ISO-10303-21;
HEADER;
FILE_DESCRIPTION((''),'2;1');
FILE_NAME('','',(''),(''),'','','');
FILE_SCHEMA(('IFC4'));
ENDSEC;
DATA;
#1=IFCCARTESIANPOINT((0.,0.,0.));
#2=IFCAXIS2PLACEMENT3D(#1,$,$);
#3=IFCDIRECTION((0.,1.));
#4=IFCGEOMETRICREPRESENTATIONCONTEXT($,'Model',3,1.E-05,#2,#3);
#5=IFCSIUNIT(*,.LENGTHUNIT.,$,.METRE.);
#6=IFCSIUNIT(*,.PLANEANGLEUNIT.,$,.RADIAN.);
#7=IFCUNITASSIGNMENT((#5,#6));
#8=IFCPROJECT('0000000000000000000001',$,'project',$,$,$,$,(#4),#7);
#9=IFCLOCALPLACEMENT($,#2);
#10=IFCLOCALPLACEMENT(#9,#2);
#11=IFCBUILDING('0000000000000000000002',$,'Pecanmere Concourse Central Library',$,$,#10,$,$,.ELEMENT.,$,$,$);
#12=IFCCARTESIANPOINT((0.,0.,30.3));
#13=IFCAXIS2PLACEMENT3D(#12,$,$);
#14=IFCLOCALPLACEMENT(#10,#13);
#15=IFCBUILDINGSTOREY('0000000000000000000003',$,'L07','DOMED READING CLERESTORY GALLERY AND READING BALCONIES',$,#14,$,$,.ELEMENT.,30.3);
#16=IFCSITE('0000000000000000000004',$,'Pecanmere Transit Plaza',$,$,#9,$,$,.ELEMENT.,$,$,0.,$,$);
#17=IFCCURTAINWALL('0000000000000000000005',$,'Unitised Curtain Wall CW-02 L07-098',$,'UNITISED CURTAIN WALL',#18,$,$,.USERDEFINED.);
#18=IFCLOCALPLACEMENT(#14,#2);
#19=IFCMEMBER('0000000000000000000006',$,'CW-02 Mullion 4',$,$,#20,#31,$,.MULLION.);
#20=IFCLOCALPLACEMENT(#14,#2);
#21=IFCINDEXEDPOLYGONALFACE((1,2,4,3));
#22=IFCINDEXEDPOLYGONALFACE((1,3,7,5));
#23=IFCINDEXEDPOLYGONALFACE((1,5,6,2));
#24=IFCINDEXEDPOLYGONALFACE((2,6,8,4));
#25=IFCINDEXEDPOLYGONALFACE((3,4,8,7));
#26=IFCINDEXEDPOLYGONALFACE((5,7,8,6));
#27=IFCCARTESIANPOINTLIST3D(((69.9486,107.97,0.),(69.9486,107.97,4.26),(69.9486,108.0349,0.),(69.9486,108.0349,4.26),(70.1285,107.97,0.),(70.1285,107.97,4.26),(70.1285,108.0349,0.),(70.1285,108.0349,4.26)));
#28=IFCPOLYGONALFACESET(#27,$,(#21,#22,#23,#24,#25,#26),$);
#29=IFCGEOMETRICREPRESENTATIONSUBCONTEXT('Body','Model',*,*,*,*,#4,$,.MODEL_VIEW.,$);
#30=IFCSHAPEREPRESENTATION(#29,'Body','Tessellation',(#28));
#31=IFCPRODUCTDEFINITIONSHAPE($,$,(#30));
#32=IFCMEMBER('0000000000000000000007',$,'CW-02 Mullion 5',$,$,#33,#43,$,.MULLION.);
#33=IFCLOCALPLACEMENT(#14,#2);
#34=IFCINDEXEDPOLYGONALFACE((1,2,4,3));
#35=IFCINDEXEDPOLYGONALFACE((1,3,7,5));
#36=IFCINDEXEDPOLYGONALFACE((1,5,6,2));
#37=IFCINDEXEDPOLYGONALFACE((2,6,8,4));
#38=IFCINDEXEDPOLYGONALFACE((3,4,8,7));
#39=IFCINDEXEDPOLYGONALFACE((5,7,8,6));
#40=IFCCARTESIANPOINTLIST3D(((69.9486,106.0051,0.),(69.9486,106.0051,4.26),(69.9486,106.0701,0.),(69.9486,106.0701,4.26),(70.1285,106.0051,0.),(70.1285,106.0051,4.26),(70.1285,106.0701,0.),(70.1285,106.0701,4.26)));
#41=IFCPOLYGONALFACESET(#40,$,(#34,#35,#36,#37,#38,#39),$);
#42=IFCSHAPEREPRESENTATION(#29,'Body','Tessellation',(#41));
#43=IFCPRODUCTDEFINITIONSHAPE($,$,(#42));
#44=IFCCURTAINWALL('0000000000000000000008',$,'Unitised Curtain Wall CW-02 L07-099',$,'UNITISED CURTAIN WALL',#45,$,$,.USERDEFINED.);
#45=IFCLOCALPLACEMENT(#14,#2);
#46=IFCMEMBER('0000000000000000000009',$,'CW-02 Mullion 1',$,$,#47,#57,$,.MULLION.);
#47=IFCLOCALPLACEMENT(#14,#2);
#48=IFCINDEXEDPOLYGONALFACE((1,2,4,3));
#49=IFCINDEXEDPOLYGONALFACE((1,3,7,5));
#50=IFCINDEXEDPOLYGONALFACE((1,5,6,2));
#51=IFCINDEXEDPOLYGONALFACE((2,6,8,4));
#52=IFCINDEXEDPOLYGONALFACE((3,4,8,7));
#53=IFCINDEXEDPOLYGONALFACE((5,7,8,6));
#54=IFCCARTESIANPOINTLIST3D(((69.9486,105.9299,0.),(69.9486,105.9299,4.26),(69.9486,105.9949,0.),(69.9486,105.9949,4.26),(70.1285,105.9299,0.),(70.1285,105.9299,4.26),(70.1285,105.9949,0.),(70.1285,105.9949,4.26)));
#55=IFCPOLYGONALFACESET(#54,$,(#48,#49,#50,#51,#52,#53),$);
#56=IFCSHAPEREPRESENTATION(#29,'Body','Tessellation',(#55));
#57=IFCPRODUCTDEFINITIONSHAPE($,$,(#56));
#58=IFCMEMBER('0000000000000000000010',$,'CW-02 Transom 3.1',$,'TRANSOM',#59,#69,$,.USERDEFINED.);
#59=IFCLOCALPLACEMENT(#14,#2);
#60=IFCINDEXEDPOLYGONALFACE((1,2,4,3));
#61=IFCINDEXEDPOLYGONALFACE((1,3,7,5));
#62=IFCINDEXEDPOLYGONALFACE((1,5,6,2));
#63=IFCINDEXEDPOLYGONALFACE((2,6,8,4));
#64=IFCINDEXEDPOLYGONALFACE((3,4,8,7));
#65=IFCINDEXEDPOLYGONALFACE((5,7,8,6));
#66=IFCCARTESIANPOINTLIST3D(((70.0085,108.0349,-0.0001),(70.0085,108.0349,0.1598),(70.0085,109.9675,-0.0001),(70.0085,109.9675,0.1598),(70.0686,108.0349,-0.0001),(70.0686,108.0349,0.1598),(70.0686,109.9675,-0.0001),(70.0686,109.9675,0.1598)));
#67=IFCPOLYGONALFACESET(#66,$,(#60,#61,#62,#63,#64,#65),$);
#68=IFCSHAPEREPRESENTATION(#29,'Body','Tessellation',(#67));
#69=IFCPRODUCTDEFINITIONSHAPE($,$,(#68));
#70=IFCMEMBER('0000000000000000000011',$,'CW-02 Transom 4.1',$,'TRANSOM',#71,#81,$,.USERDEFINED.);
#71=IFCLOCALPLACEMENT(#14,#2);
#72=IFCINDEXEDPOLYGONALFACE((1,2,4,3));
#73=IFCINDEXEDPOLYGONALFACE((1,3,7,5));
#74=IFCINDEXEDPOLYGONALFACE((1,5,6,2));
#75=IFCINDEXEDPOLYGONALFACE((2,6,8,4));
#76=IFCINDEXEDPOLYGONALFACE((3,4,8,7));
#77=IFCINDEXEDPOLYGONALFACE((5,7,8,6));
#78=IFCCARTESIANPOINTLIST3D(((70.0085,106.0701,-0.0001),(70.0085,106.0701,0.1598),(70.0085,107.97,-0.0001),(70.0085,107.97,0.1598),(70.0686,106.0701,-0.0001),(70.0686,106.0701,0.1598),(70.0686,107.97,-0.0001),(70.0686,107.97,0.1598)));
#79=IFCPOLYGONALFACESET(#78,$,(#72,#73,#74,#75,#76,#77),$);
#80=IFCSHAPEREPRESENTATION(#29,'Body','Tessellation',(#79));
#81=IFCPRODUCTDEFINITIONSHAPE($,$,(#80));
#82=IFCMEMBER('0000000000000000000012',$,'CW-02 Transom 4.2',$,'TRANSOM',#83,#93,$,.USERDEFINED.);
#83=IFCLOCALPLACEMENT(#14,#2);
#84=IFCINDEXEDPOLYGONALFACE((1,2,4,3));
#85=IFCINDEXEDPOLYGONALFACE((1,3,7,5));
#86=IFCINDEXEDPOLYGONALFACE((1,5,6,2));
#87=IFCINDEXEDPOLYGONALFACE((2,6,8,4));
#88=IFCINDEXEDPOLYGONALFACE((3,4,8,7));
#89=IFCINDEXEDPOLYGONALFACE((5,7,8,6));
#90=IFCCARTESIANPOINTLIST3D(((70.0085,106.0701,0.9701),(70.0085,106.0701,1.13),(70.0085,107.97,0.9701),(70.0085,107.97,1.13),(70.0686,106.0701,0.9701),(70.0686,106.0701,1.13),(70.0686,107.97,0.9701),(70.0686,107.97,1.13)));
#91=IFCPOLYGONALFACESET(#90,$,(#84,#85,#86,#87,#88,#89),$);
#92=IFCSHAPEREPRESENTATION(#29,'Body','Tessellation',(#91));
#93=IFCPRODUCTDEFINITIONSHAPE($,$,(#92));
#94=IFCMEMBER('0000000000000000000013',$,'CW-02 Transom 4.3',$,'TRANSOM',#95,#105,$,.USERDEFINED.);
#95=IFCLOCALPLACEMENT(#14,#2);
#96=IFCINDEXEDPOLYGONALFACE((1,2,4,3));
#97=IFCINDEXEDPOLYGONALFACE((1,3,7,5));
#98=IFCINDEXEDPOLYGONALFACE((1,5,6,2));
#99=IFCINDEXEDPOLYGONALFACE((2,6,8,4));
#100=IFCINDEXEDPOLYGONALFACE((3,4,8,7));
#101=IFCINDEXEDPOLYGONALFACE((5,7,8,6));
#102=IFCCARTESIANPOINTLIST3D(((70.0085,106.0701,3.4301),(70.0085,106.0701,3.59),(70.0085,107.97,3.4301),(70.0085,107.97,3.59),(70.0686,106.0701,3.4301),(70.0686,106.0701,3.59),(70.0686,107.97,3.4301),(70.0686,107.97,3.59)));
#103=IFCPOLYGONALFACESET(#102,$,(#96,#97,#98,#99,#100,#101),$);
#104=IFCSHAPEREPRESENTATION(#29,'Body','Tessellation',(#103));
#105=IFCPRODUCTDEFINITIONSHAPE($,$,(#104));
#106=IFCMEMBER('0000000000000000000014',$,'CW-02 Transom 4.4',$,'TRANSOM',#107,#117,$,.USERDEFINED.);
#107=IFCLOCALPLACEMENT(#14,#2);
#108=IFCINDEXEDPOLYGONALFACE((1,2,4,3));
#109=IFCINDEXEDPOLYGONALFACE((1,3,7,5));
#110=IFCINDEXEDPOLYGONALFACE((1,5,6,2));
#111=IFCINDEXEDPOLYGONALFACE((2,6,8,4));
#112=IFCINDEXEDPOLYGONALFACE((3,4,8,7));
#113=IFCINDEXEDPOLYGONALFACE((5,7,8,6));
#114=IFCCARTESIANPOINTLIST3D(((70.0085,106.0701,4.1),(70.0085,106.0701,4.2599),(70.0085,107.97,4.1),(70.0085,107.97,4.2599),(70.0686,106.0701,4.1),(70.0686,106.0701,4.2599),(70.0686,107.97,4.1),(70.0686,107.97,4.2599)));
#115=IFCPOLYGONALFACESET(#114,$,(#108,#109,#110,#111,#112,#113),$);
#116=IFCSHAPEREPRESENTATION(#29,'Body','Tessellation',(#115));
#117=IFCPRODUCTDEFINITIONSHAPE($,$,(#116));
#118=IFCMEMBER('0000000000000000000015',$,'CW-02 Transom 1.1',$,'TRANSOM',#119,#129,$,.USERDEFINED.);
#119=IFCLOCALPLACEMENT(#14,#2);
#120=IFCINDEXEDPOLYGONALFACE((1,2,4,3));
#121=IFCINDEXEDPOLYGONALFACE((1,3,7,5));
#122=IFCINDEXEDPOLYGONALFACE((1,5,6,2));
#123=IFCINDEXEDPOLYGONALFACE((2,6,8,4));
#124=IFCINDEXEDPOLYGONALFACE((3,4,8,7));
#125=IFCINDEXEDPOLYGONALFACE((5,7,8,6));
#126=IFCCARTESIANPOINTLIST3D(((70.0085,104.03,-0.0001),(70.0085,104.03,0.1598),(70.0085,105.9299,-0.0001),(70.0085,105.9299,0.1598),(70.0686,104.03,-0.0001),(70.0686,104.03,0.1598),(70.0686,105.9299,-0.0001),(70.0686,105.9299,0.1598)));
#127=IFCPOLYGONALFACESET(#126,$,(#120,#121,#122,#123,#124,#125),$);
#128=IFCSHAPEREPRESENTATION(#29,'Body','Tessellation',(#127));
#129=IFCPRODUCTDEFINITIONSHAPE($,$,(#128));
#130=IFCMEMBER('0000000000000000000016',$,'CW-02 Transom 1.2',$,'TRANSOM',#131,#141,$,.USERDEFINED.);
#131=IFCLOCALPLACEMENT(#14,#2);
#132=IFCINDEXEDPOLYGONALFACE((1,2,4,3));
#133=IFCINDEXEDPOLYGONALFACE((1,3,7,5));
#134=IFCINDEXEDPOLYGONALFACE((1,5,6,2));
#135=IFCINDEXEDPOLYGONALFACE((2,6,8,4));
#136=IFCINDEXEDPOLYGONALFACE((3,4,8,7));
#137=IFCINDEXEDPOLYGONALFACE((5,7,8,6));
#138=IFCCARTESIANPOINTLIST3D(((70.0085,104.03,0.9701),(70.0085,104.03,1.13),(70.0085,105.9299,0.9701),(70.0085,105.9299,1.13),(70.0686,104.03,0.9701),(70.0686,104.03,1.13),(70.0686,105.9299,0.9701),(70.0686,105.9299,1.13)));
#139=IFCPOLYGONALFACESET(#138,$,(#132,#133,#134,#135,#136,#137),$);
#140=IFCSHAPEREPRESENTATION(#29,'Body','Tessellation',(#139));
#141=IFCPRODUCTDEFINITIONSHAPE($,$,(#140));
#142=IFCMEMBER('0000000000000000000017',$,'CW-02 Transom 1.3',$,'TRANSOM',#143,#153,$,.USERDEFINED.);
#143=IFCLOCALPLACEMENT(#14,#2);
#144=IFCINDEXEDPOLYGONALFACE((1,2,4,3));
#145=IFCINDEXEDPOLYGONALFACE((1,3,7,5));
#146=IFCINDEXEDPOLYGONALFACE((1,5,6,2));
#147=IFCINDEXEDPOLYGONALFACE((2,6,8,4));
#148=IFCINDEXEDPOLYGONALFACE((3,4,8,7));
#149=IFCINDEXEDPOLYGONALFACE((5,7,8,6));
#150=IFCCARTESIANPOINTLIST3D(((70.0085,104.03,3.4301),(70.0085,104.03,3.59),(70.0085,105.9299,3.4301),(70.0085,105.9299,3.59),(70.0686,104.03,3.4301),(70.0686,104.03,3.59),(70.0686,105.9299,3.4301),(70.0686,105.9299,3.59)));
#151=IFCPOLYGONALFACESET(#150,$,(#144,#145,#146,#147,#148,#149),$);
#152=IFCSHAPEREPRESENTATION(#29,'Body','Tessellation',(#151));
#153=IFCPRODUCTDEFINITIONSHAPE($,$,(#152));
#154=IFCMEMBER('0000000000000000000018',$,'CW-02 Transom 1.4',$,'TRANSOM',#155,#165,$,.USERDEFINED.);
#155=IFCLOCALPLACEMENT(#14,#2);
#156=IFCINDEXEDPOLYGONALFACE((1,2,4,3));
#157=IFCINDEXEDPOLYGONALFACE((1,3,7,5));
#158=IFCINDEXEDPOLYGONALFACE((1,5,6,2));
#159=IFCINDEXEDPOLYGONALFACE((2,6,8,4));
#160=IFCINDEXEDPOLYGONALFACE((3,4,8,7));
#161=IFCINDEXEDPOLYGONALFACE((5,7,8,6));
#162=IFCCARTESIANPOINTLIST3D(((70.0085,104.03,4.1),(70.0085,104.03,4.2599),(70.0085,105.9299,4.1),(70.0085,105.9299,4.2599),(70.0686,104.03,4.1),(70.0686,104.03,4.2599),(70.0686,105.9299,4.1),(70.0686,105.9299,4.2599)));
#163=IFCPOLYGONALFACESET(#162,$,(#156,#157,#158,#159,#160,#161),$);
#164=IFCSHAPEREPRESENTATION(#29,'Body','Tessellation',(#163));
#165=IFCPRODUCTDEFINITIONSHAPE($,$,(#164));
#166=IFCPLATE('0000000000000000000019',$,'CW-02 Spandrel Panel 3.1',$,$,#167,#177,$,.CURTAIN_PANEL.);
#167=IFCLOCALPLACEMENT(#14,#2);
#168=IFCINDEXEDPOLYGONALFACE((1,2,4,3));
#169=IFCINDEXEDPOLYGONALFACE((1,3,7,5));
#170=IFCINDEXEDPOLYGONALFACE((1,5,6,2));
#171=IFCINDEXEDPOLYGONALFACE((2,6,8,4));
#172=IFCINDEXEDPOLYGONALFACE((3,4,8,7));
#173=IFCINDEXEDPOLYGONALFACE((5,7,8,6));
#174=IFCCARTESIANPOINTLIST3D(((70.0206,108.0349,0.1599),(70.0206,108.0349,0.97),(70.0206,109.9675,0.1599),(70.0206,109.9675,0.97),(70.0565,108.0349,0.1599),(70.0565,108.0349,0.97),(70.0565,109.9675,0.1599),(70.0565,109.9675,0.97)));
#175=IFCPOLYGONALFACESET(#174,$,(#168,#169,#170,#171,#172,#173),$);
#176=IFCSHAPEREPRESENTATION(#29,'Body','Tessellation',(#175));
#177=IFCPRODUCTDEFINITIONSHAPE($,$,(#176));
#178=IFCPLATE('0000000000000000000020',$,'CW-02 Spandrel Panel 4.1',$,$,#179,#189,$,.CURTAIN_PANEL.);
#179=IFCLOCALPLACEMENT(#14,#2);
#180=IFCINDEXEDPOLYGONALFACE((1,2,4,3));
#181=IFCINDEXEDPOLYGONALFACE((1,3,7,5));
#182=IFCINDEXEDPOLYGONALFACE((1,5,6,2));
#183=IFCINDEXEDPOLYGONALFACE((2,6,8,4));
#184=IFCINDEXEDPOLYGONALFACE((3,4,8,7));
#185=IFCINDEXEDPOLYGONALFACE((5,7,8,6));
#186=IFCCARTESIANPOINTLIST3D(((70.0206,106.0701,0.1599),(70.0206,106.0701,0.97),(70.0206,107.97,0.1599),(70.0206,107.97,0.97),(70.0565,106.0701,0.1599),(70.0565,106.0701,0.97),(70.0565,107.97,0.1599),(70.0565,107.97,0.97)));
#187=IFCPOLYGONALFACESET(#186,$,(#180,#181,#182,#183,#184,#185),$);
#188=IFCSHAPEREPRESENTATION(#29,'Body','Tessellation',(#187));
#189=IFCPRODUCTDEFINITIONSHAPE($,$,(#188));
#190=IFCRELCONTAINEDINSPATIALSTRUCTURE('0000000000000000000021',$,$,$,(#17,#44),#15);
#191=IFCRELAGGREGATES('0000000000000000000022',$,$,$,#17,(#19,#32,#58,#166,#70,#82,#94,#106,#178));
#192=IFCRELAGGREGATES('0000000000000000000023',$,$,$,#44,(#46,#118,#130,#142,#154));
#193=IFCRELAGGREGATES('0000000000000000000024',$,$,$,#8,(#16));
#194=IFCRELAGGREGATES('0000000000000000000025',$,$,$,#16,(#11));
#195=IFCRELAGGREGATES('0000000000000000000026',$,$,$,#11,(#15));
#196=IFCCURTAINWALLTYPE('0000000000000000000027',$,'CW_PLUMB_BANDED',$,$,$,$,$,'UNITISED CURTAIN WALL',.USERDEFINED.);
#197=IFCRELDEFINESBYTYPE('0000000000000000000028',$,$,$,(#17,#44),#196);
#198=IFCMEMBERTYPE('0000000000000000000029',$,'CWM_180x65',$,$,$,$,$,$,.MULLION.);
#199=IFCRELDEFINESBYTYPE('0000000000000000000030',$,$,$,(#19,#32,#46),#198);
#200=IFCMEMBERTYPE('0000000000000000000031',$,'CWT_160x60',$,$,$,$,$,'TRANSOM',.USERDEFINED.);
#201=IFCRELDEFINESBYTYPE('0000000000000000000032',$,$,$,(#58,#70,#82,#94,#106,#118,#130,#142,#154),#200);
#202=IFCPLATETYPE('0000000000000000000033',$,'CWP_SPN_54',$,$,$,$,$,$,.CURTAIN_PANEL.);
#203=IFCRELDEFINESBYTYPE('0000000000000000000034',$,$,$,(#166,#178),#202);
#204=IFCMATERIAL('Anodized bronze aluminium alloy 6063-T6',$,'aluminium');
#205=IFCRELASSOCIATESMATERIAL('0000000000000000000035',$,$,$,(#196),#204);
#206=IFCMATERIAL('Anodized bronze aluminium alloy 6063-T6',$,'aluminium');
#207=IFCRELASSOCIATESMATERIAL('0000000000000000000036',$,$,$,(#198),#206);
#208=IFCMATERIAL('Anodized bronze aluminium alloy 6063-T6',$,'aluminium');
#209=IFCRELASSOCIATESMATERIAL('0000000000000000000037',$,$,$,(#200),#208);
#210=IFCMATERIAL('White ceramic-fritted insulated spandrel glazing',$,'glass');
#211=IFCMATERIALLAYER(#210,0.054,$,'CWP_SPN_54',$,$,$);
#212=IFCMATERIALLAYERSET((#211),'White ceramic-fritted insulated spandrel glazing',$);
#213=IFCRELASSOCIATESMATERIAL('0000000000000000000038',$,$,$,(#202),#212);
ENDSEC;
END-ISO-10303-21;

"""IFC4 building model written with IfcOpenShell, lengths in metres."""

from ifc_helpers import new_model, si_unit, direction, frame, origin, origin_2d, place, context, subcontext, project, spatial, rectangle, extrude, material, layer, layer_set, material_profile, profile_set, type_object, element, aggregate, save


model = new_model("IFC4")

# Units and contexts
model_context = context("Model", 3, precision=1e-05, world=origin(), true_north=direction((0.0, 1.0)))
body_context = subcontext(model_context, "Body", "Model", "MODEL_VIEW")
ifc_project = project(units=[si_unit("LENGTHUNIT", "METRE"), si_unit("PLANEANGLEUNIT", "RADIAN")], contexts=[model_context])

# Site, building, storey
site_placement = place(None, origin())
site = spatial("IfcSite", under=ifc_project, at=site_placement, Name="Pecanmere Transit Plaza", CompositionType="ELEMENT", RefElevation=0.0)
building_placement = place(site_placement, origin())
building = spatial("IfcBuilding", under=site, at=building_placement, Name="Pecanmere Concourse Central Library", CompositionType="ELEMENT")
storey_placement = place(building_placement, frame((0.0, 0.0, 30.3)))
storey = spatial("IfcBuildingStorey", under=building, at=storey_placement, Name="L07", Description="DOMED READING CLERESTORY GALLERY AND READING BALCONIES", CompositionType="ELEMENT", Elevation=30.3)

# Curtain wall, members
ifc_material_1 = material(Name="Anodized bronze aluminium alloy 6063-T6", Category="aluminium")
curtain_wall_type = type_object("IfcCurtainWallType", Name="CW_PLUMB_BANDED", ElementType="UNITISED CURTAIN WALL", PredefinedType="USERDEFINED", material=ifc_material_1)
curtain_wall_1_placement = place(storey_placement, origin())
curtain_wall_1 = element("IfcCurtainWall", 1, at=curtain_wall_1_placement, inside=storey, type_object=curtain_wall_type, Name="Unitised Curtain Wall CW-02 L07-098", ObjectType="UNITISED CURTAIN WALL", PredefinedType="USERDEFINED")
ifc_material_2 = material(Name="Anodized bronze aluminium alloy 6063-T6", Category="aluminium")
ifc_material_profile_1 = material_profile(ifc_material_2, rectangle(XDim=0.0649, YDim=0.1799, at=origin_2d()), Name="AL 65x180")
ifc_profile_set_1 = profile_set([ifc_material_profile_1], Name="Anodized bronze aluminium alloy 6063-T6")
member_type_1 = type_object("IfcMemberType", Name="CWM_180x65", PredefinedType="MULLION", material=ifc_profile_set_1)
member_1_placement = place(storey_placement, frame((70.0386, 108.0024, 0.0), z_axis=(0.0, 0.0, 1.0), x_axis=(0.0, -1.0, 0.0)))
member_1 = element("IfcMember", 2, at=member_1_placement, type_object=member_type_1, Name="CW-02 Mullion 4", PredefinedType="MULLION", context=body_context, shape_type="SweptSolid", body=[
    extrude(rectangle(XDim=0.0649, YDim=0.1799, at=origin_2d()), origin(), (0.0, 0.0, 1.0), 4.26),
])
member_2_placement = place(storey_placement, frame((70.0386, 106.0376, 0.0), z_axis=(0.0, 0.0, 1.0), x_axis=(0.0, -1.0, 0.0)))
member_2 = element("IfcMember", 3, at=member_2_placement, type_object=member_type_1, Name="CW-02 Mullion 5", PredefinedType="MULLION", context=body_context, shape_type="SweptSolid", body=[
    extrude(rectangle(XDim=0.0649, YDim=0.1799, at=origin_2d()), origin(), (0.0, 0.0, 1.0), 4.26),
])

# Curtain wall, member
curtain_wall_2_placement = place(storey_placement, origin())
curtain_wall_2 = element("IfcCurtainWall", 4, at=curtain_wall_2_placement, inside=storey, type_object=curtain_wall_type, Name="Unitised Curtain Wall CW-02 L07-099", ObjectType="UNITISED CURTAIN WALL", PredefinedType="USERDEFINED")
member_3_placement = place(storey_placement, frame((70.0386, 105.9624, 0.0), z_axis=(0.0, 0.0, 1.0), x_axis=(0.0, -1.0, 0.0)))
member_3 = element("IfcMember", 5, at=member_3_placement, type_object=member_type_1, Name="CW-02 Mullion 1", PredefinedType="MULLION", context=body_context, shape_type="SweptSolid", body=[
    extrude(rectangle(XDim=0.0649, YDim=0.1799, at=origin_2d()), origin(), (0.0, 0.0, 1.0), 4.26),
])

# Members
ifc_material_3 = material(Name="Anodized bronze aluminium alloy 6063-T6", Category="aluminium")
ifc_material_profile_2 = material_profile(ifc_material_3, rectangle(XDim=0.0601, YDim=0.1599, at=origin_2d()), Name="AL 60x160")
ifc_profile_set_2 = profile_set([ifc_material_profile_2], Name="Anodized bronze aluminium alloy 6063-T6")
member_type_2 = type_object("IfcMemberType", Name="CWT_160x60", ElementType="TRANSOM", PredefinedType="USERDEFINED", material=ifc_profile_set_2)
member_4_placement = place(storey_placement, frame((70.0386, 109.9675, 0.0798), z_axis=(0.0, -1.0, 0.0), x_axis=(1.0, 0.0, 0.0)))
member_4 = element("IfcMember", 6, at=member_4_placement, type_object=member_type_2, Name="CW-02 Transom 3.1", ObjectType="TRANSOM", PredefinedType="USERDEFINED", context=body_context, shape_type="SweptSolid", body=[
    extrude(rectangle(XDim=0.0601, YDim=0.1599, at=origin_2d()), origin(), (0.0, 0.0, 1.0), 1.9326),
])
member_5_placement = place(storey_placement, frame((70.0386, 107.97, 0.0798), z_axis=(0.0, -1.0, 0.0), x_axis=(1.0, 0.0, 0.0)))
member_5 = element("IfcMember", 7, at=member_5_placement, type_object=member_type_2, Name="CW-02 Transom 4.1", ObjectType="TRANSOM", PredefinedType="USERDEFINED", context=body_context, shape_type="SweptSolid", body=[
    extrude(rectangle(XDim=0.0601, YDim=0.1599, at=origin_2d()), origin(), (0.0, 0.0, 1.0), 1.8999),
])
member_6_placement = place(storey_placement, frame((70.0386, 107.97, 1.05), z_axis=(0.0, -1.0, 0.0), x_axis=(1.0, 0.0, 0.0)))
member_6 = element("IfcMember", 8, at=member_6_placement, type_object=member_type_2, Name="CW-02 Transom 4.2", ObjectType="TRANSOM", PredefinedType="USERDEFINED", context=body_context, shape_type="SweptSolid", body=[
    extrude(rectangle(XDim=0.0601, YDim=0.1599, at=origin_2d()), origin(), (0.0, 0.0, 1.0), 1.8999),
])
member_7_placement = place(storey_placement, frame((70.0386, 107.97, 3.51), z_axis=(0.0, -1.0, 0.0), x_axis=(1.0, 0.0, 0.0)))
member_7 = element("IfcMember", 9, at=member_7_placement, type_object=member_type_2, Name="CW-02 Transom 4.3", ObjectType="TRANSOM", PredefinedType="USERDEFINED", context=body_context, shape_type="SweptSolid", body=[
    extrude(rectangle(XDim=0.0601, YDim=0.1599, at=origin_2d()), origin(), (0.0, 0.0, 1.0), 1.8999),
])
member_8_placement = place(storey_placement, frame((70.0386, 107.97, 4.1799), z_axis=(0.0, -1.0, 0.0), x_axis=(1.0, 0.0, 0.0)))
member_8 = element("IfcMember", 10, at=member_8_placement, type_object=member_type_2, Name="CW-02 Transom 4.4", ObjectType="TRANSOM", PredefinedType="USERDEFINED", context=body_context, shape_type="SweptSolid", body=[
    extrude(rectangle(XDim=0.0601, YDim=0.1599, at=origin_2d()), origin(), (0.0, 0.0, 1.0), 1.8999),
])
member_9_placement = place(storey_placement, frame((70.0386, 105.9299, 0.0798), z_axis=(0.0, -1.0, 0.0), x_axis=(1.0, 0.0, 0.0)))
member_9 = element("IfcMember", 11, at=member_9_placement, type_object=member_type_2, Name="CW-02 Transom 1.1", ObjectType="TRANSOM", PredefinedType="USERDEFINED", context=body_context, shape_type="SweptSolid", body=[
    extrude(rectangle(XDim=0.0601, YDim=0.1599, at=origin_2d()), origin(), (0.0, 0.0, 1.0), 1.8999),
])
member_10_placement = place(storey_placement, frame((70.0386, 105.9299, 1.05), z_axis=(0.0, -1.0, 0.0), x_axis=(1.0, 0.0, 0.0)))
member_10 = element("IfcMember", 12, at=member_10_placement, type_object=member_type_2, Name="CW-02 Transom 1.2", ObjectType="TRANSOM", PredefinedType="USERDEFINED", context=body_context, shape_type="SweptSolid", body=[
    extrude(rectangle(XDim=0.0601, YDim=0.1599, at=origin_2d()), origin(), (0.0, 0.0, 1.0), 1.8999),
])
member_11_placement = place(storey_placement, frame((70.0386, 105.9299, 3.51), z_axis=(0.0, -1.0, 0.0), x_axis=(1.0, 0.0, 0.0)))
member_11 = element("IfcMember", 13, at=member_11_placement, type_object=member_type_2, Name="CW-02 Transom 1.3", ObjectType="TRANSOM", PredefinedType="USERDEFINED", context=body_context, shape_type="SweptSolid", body=[
    extrude(rectangle(XDim=0.0601, YDim=0.1599, at=origin_2d()), origin(), (0.0, 0.0, 1.0), 1.8999),
])
member_12_placement = place(storey_placement, frame((70.0386, 105.9299, 4.1799), z_axis=(0.0, -1.0, 0.0), x_axis=(1.0, 0.0, 0.0)))
member_12 = element("IfcMember", 14, at=member_12_placement, type_object=member_type_2, Name="CW-02 Transom 1.4", ObjectType="TRANSOM", PredefinedType="USERDEFINED", context=body_context, shape_type="SweptSolid", body=[
    extrude(rectangle(XDim=0.0601, YDim=0.1599, at=origin_2d()), origin(), (0.0, 0.0, 1.0), 1.8999),
])

# Plates
ifc_material_4 = material(Name="White ceramic-fritted insulated spandrel glazing", Category="glass")
ifc_layer_1 = layer(ifc_material_4, 0.054, Name="CWP_SPN_54")
ifc_layer_set_1 = layer_set([ifc_layer_1], Name="White ceramic-fritted insulated spandrel glazing")
plate_type_1 = type_object("IfcPlateType", Name="CWP_SPN_54", PredefinedType="CURTAIN_PANEL", material=ifc_layer_set_1)
plate_1_placement = place(storey_placement, frame((70.0386, 109.0012, 0.1599), z_axis=(0.0, 0.0, 1.0), x_axis=(0.0, -1.0, 0.0)))
plate_1 = element("IfcPlate", 15, at=plate_1_placement, type_object=plate_type_1, Name="CW-02 Spandrel Panel 3.1", PredefinedType="CURTAIN_PANEL", context=body_context, shape_type="SweptSolid", body=[
    extrude(rectangle(XDim=1.9326, YDim=0.0359, at=origin_2d()), origin(), (0.0, 0.0, 1.0), 0.8101),
])
plate_2_placement = place(storey_placement, frame((70.0386, 107.02, 0.1599), z_axis=(0.0, 0.0, 1.0), x_axis=(0.0, -1.0, 0.0)))
plate_2 = element("IfcPlate", 16, at=plate_2_placement, type_object=plate_type_1, Name="CW-02 Spandrel Panel 4.1", PredefinedType="CURTAIN_PANEL", context=body_context, shape_type="SweptSolid", body=[
    extrude(rectangle(XDim=1.8999, YDim=0.0359, at=origin_2d()), origin(), (0.0, 0.0, 1.0), 0.8101),
])
aggregate(curtain_wall_1, [member_1, member_2, member_4, plate_1, member_5, member_6, member_7, member_8, plate_2])
aggregate(curtain_wall_2, [member_3, member_9, member_10, member_11, member_12])

save(model, "model.ifc")
